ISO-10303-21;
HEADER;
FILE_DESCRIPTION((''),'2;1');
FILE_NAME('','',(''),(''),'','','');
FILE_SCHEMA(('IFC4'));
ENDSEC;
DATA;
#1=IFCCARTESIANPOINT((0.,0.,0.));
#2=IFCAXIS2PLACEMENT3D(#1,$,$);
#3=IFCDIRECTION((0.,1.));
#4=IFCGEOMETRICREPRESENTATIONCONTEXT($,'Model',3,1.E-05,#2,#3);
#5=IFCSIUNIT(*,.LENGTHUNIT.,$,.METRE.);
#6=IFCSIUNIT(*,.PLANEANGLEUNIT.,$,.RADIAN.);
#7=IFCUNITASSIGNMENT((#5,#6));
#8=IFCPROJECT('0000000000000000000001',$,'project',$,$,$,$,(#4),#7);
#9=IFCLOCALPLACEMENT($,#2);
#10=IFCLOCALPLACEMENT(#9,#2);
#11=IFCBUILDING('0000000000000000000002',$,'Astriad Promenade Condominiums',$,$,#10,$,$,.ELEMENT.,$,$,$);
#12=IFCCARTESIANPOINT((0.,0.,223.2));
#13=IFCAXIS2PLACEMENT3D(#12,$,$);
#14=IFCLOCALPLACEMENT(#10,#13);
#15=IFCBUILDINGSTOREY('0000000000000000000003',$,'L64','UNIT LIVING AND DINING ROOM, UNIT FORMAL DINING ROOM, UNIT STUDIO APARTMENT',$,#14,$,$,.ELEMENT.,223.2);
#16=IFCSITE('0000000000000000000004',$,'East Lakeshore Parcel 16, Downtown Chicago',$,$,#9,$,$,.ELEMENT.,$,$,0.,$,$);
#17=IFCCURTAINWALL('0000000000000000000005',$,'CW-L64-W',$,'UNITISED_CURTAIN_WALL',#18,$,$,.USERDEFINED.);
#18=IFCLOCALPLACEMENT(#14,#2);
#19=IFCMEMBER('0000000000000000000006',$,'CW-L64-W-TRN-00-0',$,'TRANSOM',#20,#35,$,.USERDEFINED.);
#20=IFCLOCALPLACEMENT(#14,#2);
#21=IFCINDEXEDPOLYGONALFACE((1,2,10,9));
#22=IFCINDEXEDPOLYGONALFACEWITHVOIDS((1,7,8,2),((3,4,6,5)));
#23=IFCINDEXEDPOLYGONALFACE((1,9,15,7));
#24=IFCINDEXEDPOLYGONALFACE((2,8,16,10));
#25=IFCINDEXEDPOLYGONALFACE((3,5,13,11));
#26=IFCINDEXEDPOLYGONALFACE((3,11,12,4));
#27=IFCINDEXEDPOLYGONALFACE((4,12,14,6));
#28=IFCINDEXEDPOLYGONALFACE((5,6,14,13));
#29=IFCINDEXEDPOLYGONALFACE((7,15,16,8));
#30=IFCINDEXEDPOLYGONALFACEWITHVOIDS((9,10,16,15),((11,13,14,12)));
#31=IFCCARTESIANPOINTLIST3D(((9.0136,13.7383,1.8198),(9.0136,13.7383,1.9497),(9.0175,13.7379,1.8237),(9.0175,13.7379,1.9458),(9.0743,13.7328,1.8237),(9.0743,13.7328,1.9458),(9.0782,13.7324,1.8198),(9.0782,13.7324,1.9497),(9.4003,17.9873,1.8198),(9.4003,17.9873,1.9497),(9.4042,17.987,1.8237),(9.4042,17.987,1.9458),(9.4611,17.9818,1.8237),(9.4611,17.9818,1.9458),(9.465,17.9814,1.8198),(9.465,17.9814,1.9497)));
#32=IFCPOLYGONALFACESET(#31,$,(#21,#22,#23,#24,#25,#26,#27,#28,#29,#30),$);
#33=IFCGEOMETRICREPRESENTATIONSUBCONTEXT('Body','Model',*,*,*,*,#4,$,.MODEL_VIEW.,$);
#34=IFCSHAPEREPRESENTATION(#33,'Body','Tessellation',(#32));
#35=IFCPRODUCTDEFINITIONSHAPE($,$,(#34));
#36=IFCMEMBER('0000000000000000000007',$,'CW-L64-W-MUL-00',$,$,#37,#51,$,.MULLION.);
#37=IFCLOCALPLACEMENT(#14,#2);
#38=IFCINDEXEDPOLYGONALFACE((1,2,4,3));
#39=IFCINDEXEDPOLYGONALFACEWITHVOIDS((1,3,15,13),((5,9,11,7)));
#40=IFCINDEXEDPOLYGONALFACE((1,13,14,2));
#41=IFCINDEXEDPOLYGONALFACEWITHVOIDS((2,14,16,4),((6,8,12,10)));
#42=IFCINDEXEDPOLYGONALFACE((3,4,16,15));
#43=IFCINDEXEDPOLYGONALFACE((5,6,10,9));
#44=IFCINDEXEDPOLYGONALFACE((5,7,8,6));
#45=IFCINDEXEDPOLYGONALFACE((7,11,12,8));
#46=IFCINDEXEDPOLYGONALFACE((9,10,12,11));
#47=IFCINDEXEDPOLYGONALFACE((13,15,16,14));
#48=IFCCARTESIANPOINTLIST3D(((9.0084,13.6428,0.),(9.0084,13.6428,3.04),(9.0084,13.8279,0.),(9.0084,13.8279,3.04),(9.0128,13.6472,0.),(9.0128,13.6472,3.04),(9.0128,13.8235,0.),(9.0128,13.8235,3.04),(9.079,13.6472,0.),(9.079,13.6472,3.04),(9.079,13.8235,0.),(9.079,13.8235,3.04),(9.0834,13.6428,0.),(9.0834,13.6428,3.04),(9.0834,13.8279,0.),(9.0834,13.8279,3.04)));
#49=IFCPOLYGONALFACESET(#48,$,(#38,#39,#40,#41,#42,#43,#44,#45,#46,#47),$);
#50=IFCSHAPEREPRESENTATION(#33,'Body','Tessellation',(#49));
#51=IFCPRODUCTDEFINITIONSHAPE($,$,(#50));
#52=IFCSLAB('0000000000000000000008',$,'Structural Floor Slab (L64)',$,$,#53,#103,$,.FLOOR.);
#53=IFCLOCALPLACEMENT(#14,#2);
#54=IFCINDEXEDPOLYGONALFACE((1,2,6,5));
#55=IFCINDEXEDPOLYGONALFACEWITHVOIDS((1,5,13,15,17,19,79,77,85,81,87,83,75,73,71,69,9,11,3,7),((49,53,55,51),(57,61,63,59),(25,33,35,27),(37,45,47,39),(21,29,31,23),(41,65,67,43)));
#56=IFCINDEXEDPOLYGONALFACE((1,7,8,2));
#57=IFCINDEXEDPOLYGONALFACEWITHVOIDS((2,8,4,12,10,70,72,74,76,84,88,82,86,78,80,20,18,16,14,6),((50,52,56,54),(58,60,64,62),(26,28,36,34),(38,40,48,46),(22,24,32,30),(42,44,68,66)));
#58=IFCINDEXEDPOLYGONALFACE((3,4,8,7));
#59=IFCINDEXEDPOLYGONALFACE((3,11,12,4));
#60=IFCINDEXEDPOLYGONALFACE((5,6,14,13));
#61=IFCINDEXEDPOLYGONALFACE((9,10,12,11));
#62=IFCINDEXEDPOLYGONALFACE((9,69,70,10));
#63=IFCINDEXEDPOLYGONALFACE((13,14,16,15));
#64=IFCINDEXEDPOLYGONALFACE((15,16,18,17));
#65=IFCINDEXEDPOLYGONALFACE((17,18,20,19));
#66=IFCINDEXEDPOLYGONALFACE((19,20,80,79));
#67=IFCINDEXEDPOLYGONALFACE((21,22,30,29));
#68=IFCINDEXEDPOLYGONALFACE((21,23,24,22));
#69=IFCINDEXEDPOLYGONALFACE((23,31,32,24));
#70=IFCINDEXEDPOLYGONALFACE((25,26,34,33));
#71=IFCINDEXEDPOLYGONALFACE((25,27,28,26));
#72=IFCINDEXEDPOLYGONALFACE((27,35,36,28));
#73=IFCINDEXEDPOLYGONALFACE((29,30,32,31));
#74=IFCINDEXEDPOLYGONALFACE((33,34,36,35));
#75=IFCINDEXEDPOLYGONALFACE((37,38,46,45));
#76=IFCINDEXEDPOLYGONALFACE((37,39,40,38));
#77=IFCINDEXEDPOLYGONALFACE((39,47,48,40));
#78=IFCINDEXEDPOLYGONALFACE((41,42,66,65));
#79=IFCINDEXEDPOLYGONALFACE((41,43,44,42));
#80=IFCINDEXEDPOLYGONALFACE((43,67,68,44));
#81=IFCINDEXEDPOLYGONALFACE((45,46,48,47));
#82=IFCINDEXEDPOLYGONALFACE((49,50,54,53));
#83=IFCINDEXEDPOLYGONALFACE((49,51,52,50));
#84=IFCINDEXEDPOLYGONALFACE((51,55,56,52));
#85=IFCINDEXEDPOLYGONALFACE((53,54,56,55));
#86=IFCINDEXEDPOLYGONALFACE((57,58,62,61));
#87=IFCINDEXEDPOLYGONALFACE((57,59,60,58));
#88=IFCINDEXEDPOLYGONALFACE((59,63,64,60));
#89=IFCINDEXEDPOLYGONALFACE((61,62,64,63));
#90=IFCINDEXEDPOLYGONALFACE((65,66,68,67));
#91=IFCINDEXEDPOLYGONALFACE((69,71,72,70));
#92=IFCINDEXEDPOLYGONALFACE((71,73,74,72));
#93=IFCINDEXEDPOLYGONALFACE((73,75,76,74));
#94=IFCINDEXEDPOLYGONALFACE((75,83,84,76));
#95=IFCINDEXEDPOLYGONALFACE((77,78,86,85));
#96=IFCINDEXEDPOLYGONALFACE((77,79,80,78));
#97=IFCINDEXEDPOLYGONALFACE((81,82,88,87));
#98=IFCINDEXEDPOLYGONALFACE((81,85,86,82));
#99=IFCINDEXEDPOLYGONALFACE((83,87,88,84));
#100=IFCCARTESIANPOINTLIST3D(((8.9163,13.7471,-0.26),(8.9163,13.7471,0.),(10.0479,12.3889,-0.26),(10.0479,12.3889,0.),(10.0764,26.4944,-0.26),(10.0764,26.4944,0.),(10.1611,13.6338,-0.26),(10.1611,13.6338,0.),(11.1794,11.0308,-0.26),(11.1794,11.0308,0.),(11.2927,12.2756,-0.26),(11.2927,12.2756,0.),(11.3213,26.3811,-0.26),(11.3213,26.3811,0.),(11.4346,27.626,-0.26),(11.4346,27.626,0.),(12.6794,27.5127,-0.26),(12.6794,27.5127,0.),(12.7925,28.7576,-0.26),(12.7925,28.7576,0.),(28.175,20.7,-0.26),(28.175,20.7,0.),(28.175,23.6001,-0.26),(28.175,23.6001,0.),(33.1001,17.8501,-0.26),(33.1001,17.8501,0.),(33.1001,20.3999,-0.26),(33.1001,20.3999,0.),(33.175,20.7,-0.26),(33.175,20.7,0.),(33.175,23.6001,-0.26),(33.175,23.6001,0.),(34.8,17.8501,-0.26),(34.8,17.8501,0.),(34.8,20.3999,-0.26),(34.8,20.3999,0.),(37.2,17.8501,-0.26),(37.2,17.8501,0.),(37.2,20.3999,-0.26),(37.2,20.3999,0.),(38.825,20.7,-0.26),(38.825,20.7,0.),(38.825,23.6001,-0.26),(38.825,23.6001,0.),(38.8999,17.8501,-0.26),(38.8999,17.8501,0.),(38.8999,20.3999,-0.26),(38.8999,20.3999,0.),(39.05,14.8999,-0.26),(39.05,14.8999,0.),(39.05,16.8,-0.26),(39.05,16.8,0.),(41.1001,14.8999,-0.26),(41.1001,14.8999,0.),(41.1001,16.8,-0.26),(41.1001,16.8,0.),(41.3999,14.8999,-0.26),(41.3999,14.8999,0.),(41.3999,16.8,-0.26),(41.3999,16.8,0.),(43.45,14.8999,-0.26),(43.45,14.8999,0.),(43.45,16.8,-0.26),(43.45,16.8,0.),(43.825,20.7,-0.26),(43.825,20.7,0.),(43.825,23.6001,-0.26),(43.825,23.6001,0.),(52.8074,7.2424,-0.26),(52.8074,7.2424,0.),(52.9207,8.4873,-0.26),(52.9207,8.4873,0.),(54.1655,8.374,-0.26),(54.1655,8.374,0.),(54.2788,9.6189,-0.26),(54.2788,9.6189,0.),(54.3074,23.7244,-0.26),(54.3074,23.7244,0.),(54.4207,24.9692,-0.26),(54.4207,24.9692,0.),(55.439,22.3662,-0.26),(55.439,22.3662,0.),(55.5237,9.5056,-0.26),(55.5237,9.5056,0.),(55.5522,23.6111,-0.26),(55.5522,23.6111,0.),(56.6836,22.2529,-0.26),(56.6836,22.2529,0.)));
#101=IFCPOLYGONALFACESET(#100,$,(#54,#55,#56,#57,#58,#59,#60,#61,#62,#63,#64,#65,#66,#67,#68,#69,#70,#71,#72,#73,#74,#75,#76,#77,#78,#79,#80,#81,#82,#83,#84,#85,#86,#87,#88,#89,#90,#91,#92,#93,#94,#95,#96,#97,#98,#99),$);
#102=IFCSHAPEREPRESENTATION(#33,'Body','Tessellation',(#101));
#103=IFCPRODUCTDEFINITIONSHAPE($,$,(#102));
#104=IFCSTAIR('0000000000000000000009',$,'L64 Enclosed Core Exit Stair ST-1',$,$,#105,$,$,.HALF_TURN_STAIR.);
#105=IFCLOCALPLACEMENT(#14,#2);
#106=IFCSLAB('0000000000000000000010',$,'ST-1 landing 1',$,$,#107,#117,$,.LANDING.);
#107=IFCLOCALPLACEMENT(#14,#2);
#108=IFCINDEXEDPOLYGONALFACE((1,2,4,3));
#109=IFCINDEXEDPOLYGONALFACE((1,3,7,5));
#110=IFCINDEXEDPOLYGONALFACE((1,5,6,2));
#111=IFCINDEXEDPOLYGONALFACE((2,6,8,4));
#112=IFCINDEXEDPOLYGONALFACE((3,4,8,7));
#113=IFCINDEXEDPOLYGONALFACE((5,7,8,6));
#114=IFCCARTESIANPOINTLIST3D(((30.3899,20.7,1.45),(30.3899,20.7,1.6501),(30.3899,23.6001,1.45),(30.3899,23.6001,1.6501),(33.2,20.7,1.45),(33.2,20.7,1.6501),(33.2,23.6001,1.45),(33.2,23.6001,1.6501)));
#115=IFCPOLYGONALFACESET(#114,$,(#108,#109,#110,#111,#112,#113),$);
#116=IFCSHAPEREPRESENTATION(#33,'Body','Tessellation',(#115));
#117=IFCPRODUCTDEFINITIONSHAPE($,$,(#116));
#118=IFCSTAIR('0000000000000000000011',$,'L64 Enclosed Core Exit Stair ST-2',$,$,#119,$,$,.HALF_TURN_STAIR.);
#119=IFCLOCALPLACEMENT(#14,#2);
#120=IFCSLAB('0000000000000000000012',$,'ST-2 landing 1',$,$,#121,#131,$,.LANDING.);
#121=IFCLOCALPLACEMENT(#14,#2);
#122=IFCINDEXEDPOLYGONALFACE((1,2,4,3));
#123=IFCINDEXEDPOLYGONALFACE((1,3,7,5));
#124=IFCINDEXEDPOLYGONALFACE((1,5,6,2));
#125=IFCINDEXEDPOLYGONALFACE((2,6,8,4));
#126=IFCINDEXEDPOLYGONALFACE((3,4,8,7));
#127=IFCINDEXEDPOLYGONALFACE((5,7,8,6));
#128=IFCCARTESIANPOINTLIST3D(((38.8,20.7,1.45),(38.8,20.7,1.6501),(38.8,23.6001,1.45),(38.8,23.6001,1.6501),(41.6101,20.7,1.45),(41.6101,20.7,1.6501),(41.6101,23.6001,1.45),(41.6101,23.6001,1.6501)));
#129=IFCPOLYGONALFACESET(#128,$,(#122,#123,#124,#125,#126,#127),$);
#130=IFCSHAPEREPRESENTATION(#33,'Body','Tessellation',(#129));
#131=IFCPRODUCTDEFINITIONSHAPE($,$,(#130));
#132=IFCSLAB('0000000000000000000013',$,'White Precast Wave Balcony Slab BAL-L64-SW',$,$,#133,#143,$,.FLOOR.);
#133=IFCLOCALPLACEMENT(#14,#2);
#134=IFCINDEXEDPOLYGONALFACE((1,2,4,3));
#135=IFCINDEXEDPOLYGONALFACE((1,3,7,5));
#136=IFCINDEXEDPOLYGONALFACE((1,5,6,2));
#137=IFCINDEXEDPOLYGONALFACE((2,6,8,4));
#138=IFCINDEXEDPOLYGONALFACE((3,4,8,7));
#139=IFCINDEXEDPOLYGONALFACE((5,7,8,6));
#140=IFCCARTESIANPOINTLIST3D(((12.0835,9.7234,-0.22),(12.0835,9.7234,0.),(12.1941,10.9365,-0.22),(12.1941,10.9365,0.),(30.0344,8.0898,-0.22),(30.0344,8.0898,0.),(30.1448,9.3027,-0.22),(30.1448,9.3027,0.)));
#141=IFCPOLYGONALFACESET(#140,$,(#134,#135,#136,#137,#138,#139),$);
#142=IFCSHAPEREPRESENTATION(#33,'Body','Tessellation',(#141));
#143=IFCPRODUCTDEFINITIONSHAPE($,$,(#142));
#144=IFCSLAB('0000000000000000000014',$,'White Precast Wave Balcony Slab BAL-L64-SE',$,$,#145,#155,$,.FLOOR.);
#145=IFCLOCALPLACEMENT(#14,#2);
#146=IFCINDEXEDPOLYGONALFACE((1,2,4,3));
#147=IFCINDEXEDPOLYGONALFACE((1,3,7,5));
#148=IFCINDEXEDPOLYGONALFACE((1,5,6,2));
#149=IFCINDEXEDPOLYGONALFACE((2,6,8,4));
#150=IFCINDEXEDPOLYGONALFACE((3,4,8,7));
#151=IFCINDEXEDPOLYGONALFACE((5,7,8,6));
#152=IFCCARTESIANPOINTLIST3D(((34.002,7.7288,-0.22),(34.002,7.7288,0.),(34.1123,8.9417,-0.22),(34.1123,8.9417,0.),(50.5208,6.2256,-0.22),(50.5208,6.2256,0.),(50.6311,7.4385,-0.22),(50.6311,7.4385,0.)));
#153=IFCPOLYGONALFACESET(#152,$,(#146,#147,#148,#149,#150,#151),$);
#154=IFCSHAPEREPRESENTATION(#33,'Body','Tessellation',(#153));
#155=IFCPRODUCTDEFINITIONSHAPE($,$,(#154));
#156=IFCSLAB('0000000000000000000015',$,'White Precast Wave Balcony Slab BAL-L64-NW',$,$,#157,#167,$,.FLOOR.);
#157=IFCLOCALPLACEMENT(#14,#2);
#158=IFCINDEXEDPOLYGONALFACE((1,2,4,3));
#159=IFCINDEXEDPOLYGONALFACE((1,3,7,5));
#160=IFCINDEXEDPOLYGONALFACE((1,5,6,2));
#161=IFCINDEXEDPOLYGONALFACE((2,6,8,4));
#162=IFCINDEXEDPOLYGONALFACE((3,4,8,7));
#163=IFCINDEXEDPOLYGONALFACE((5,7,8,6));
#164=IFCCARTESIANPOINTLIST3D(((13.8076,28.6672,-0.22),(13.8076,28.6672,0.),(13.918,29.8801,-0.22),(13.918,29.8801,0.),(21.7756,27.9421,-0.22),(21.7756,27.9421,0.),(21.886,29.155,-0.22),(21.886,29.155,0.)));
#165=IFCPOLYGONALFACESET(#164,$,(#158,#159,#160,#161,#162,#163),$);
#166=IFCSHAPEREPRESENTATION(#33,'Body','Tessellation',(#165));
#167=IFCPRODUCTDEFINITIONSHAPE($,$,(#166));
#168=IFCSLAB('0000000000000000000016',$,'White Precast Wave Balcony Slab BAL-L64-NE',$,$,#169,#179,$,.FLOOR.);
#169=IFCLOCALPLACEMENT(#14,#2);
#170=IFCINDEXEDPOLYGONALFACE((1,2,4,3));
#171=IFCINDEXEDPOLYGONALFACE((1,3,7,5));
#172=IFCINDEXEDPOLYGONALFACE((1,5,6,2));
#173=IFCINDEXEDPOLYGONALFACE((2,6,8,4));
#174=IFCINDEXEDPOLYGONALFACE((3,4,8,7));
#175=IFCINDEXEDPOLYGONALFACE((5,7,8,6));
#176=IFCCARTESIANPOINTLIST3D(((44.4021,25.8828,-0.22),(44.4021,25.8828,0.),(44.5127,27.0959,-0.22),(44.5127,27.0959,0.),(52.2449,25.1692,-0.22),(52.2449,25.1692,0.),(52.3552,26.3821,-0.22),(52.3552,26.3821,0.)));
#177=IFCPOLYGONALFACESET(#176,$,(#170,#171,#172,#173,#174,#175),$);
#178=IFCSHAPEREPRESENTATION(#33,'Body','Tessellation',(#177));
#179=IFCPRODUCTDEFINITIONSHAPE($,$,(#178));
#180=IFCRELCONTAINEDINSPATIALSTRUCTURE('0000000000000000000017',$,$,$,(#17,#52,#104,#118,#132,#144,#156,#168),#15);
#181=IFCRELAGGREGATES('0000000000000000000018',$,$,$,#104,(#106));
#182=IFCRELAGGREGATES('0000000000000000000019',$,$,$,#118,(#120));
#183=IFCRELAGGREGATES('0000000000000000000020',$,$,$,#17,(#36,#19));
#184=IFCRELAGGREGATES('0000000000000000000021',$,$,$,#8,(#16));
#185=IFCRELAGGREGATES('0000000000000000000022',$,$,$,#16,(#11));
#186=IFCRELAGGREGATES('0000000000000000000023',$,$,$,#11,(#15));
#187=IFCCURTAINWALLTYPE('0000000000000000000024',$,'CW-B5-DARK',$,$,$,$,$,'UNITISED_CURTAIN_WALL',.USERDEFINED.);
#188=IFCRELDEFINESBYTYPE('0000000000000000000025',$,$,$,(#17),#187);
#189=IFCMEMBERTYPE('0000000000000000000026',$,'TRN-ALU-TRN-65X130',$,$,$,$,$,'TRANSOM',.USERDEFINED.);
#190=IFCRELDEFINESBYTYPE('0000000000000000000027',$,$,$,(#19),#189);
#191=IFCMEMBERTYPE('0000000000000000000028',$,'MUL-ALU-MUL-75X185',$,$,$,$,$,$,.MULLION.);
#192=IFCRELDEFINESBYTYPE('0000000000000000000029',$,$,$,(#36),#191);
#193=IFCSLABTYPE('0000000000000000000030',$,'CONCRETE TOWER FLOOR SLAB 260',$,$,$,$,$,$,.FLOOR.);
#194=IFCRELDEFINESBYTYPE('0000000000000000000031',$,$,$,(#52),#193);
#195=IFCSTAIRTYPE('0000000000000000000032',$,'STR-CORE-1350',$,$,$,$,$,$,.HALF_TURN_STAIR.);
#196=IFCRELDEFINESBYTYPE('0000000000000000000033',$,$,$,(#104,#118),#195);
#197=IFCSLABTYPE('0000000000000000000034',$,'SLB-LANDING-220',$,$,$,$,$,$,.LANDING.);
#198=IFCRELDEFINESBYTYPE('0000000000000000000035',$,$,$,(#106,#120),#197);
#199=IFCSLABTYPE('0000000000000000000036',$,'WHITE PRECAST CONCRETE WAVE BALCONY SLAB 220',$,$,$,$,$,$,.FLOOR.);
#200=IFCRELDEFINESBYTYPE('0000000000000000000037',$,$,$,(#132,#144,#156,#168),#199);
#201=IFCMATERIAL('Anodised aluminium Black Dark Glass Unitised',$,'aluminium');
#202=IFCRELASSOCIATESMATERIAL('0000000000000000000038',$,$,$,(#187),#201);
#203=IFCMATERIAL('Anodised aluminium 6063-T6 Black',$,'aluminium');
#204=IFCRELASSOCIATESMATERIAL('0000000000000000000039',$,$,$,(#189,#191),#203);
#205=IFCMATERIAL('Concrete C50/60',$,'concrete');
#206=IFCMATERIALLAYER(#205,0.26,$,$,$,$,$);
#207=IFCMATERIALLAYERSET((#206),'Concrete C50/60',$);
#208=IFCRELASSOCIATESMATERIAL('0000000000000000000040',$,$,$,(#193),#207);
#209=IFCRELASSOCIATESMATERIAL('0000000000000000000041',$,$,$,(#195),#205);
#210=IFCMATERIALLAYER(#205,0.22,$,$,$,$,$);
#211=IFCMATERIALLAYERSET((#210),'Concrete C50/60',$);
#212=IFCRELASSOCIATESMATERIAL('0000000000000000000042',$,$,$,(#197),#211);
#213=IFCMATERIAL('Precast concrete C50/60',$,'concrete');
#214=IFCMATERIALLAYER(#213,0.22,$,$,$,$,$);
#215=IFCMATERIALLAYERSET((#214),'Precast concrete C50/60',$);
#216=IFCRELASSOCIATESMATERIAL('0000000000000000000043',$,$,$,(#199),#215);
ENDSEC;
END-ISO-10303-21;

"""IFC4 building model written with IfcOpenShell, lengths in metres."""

from ifc_helpers import new_model, si_unit, direction, frame, origin, origin_2d, place, context, subcontext, project, spatial, polyline, hollow_rectangle, outline, extrude, source, transform, mapped, material, layer, layer_set, material_profile, profile_set, type_object, type_shapes, element, aggregate, save


model = new_model("IFC4")

# Units and contexts
model_context = context("Model", 3, precision=1e-05, world=origin(), true_north=direction((0.0, 1.0)))
body_context = subcontext(model_context, "Body", "Model", "MODEL_VIEW")
ifc_project = project(units=[si_unit("LENGTHUNIT", "METRE"), si_unit("PLANEANGLEUNIT", "RADIAN")], contexts=[model_context])

# Site, building, storey
site_placement = place(None, origin())
site = spatial("IfcSite", under=ifc_project, at=site_placement, Name="East Lakeshore Parcel 16, Downtown Chicago", CompositionType="ELEMENT", RefElevation=0.0)
building_placement = place(site_placement, origin())
building = spatial("IfcBuilding", under=site, at=building_placement, Name="Astriad Promenade Condominiums", CompositionType="ELEMENT")
storey_placement = place(building_placement, frame((0.0, 0.0, 223.2)))
storey = spatial("IfcBuildingStorey", under=building, at=storey_placement, Name="L64", Description="UNIT LIVING AND DINING ROOM, UNIT FORMAL DINING ROOM, UNIT STUDIO APARTMENT", CompositionType="ELEMENT", Elevation=223.2)

# Curtain wall, members
ifc_material_1 = material(Name="Anodised aluminium Black Dark Glass Unitised", Category="aluminium")
curtain_wall_type = type_object("IfcCurtainWallType", Name="CW-B5-DARK", ElementType="UNITISED_CURTAIN_WALL", PredefinedType="USERDEFINED", material=ifc_material_1)
curtain_wall_placement = place(storey_placement, origin())
curtain_wall = element("IfcCurtainWall", 1, at=curtain_wall_placement, inside=storey, type_object=curtain_wall_type, Name="CW-L64-W", ObjectType="UNITISED_CURTAIN_WALL", PredefinedType="USERDEFINED")
ifc_material_2 = material(Name="Anodised aluminium 6063-T6 Black", Category="aluminium")
ifc_material_profile_1 = material_profile(ifc_material_2, hollow_rectangle(XDim=0.0649, YDim=0.1299, WallThickness=0.0039, at=origin_2d()), Name="ALU-TRN-65X130")
ifc_profile_set_1 = profile_set([ifc_material_profile_1], Name="Anodised aluminium 6063-T6 Black")
member_type_1 = type_object("IfcMemberType", Name="TRN-ALU-TRN-65X130", ElementType="TRANSOM", PredefinedType="USERDEFINED", material=ifc_profile_set_1)
shared_shape_1 = source(origin(), body_context, "Body", "SweptSolid", [
    extrude(hollow_rectangle(XDim=0.0649, YDim=0.1299, WallThickness=0.0039, at=origin_2d()), origin(), (0.0, 0.0, 1.0), 4.2666),
])
type_shapes(member_type_1, [shared_shape_1])
member_1_placement = place(storey_placement, frame((9.0459, 13.7354, 1.8848), z_axis=(0.090639, 0.995884, 0.0), x_axis=(-0.995884, 0.090639, 0.0)))
member_1 = element("IfcMember", 2, at=member_1_placement, type_object=member_type_1, Name="CW-L64-W-TRN-00-0", ObjectType="TRANSOM", PredefinedType="USERDEFINED", context=body_context, shape_type="MappedRepresentation", body=[
    mapped(shared_shape_1, transform((0.0, 0.0, 0.0), scale=1.0)),
])
ifc_material_profile_2 = material_profile(ifc_material_2, hollow_rectangle(XDim=0.075, YDim=0.1851, WallThickness=0.0044, at=origin_2d()), Name="ALU-MUL-75X185")
ifc_profile_set_2 = profile_set([ifc_material_profile_2], Name="Anodised aluminium 6063-T6 Black")
member_type_2 = type_object("IfcMemberType", Name="MUL-ALU-MUL-75X185", PredefinedType="MULLION", material=ifc_profile_set_2)
shared_shape_2 = source(origin(), body_context, "Body", "SweptSolid", [
    extrude(hollow_rectangle(XDim=0.075, YDim=0.1851, WallThickness=0.0044, at=origin_2d()), origin(), (0.0, 0.0, 1.0), 3.04),
])
type_shapes(member_type_2, [shared_shape_2])
member_2_placement = place(storey_placement, frame((9.0459, 13.7354, 0.0), z_axis=(0.0, 0.0, 1.0), x_axis=(1.0, 0.0, 0.0)))
member_2 = element("IfcMember", 3, at=member_2_placement, type_object=member_type_2, Name="CW-L64-W-MUL-00", PredefinedType="MULLION", context=body_context, shape_type="MappedRepresentation", body=[
    mapped(shared_shape_2, transform((0.0, 0.0, 0.0), scale=1.0)),
])

# Slab
ifc_material_3 = material(Name="Concrete C50/60", Category="concrete")
ifc_layer_1 = layer(ifc_material_3, 0.26)
ifc_layer_set_1 = layer_set([ifc_layer_1], Name="Concrete C50/60")
slab_type_1 = type_object("IfcSlabType", Name="CONCRETE TOWER FLOOR SLAB 260", PredefinedType="FLOOR", material=ifc_layer_set_1)
slab_1_placement = place(storey_placement, frame((0.0, 0.0, -0.26)))
element("IfcSlab", 4, at=slab_1_placement, inside=storey, type_object=slab_type_1, Name="Structural Floor Slab (L64)", PredefinedType="FLOOR", context=body_context, shape_type="SweptSolid", body=[
    extrude(outline(polyline([(11.1794, 11.0308), (52.8074, 7.2424), (52.9207, 8.4873), (54.1655, 8.374), (54.2788, 9.6189), (55.5237, 9.5056), (56.6836, 22.2529), (55.439, 22.3662), (55.5522, 23.6111), (54.3074, 23.7244), (54.4207, 24.9692), (12.7925, 28.7576), (12.6794, 27.5127), (11.4346, 27.626), (11.3213, 26.3811), (10.0764, 26.4944), (8.9163, 13.7471), (10.1611, 13.6338), (10.0479, 12.3889), (11.2927, 12.2756), (11.1794, 11.0308)]), holes=[polyline([(28.175, 20.7), (33.175, 20.7), (33.175, 23.6001), (28.175, 23.6001), (28.175, 20.7)]), polyline([(38.825, 20.7), (43.825, 20.7), (43.825, 23.6001), (38.825, 23.6001), (38.825, 20.7)]), polyline([(33.1001, 17.8501), (34.8, 17.8501), (34.8, 20.3999), (33.1001, 20.3999), (33.1001, 17.8501)]), polyline([(37.2, 17.8501), (38.8999, 17.8501), (38.8999, 20.3999), (37.2, 20.3999), (37.2, 17.8501)]), polyline([(39.05, 14.8999), (41.1001, 14.8999), (41.1001, 16.8), (39.05, 16.8), (39.05, 14.8999)]), polyline([(41.3999, 14.8999), (43.45, 14.8999), (43.45, 16.8), (41.3999, 16.8), (41.3999, 14.8999)])]), origin(), (0.0, 0.0, 1.0), 0.26),
])

# Stairs, slabs
stair_type = type_object("IfcStairType", Name="STR-CORE-1350", PredefinedType="HALF_TURN_STAIR", material=ifc_material_3)
stair_1_placement = place(storey_placement, origin())
stair_1 = element("IfcStair", 5, at=stair_1_placement, inside=storey, type_object=stair_type, Name="L64 Enclosed Core Exit Stair ST-1", PredefinedType="HALF_TURN_STAIR")
ifc_layer_2 = layer(ifc_material_3, 0.22)
ifc_layer_set_2 = layer_set([ifc_layer_2], Name="Concrete C50/60")
slab_type_2 = type_object("IfcSlabType", Name="SLB-LANDING-220", PredefinedType="LANDING", material=ifc_layer_set_2)
slab_2_placement = place(storey_placement, frame((0.0, 0.0, 1.45)))
slab_2 = element("IfcSlab", 6, at=slab_2_placement, type_object=slab_type_2, Name="ST-1 landing 1", PredefinedType="LANDING", context=body_context, shape_type="SweptSolid", body=[
    extrude(outline(polyline([(30.3899, 20.7), (33.2, 20.7), (33.2, 23.6001), (30.3899, 23.6001), (30.3899, 20.7)])), origin(), (0.0, 0.0, 1.0), 0.2002),
])
aggregate(stair_1, [slab_2])
stair_2_placement = place(storey_placement, origin())
stair_2 = element("IfcStair", 7, at=stair_2_placement, inside=storey, type_object=stair_type, Name="L64 Enclosed Core Exit Stair ST-2", PredefinedType="HALF_TURN_STAIR")
slab_3_placement = place(storey_placement, frame((0.0, 0.0, 1.45)))
slab_3 = element("IfcSlab", 8, at=slab_3_placement, type_object=slab_type_2, Name="ST-2 landing 1", PredefinedType="LANDING", context=body_context, shape_type="SweptSolid", body=[
    extrude(outline(polyline([(41.6101, 23.6001), (38.8, 23.6001), (38.8, 20.7), (41.6101, 20.7), (41.6101, 23.6001)])), origin(), (0.0, 0.0, 1.0), 0.2002),
])
aggregate(stair_2, [slab_3])

# Slabs
ifc_material_4 = material(Name="Precast concrete C50/60", Category="concrete")
ifc_layer_3 = layer(ifc_material_4, 0.22)
ifc_layer_set_3 = layer_set([ifc_layer_3], Name="Precast concrete C50/60")
slab_type_3 = type_object("IfcSlabType", Name="WHITE PRECAST CONCRETE WAVE BALCONY SLAB 220", PredefinedType="FLOOR", material=ifc_layer_set_3)
slab_4_placement = place(storey_placement, frame((0.0, 0.0, -0.22)))
element("IfcSlab", 9, at=slab_4_placement, inside=storey, type_object=slab_type_3, Name="White Precast Wave Balcony Slab BAL-L64-SW", PredefinedType="FLOOR", context=body_context, shape_type="SweptSolid", body=[
    extrude(outline(polyline([(30.0344, 8.0898), (12.0835, 9.7234), (12.1941, 10.9365), (30.1448, 9.3027), (30.0344, 8.0898)])), origin(), (0.0, 0.0, 1.0), 0.22),
])
slab_5_placement = place(storey_placement, frame((0.0, 0.0, -0.22)))
element("IfcSlab", 10, at=slab_5_placement, inside=storey, type_object=slab_type_3, Name="White Precast Wave Balcony Slab BAL-L64-SE", PredefinedType="FLOOR", context=body_context, shape_type="SweptSolid", body=[
    extrude(outline(polyline([(50.5208, 6.2256), (34.002, 7.7288), (34.1123, 8.9417), (50.6311, 7.4385), (50.5208, 6.2256)])), origin(), (0.0, 0.0, 1.0), 0.22),
])
slab_6_placement = place(storey_placement, frame((0.0, 0.0, -0.22)))
element("IfcSlab", 11, at=slab_6_placement, inside=storey, type_object=slab_type_3, Name="White Precast Wave Balcony Slab BAL-L64-NW", PredefinedType="FLOOR", context=body_context, shape_type="SweptSolid", body=[
    extrude(outline(polyline([(13.918, 29.8801), (21.886, 29.155), (21.7756, 27.9421), (13.8076, 28.6672), (13.918, 29.8801)])), origin(), (0.0, 0.0, 1.0), 0.22),
])
slab_7_placement = place(storey_placement, frame((0.0, 0.0, -0.22)))
element("IfcSlab", 12, at=slab_7_placement, inside=storey, type_object=slab_type_3, Name="White Precast Wave Balcony Slab BAL-L64-NE", PredefinedType="FLOOR", context=body_context, shape_type="SweptSolid", body=[
    extrude(outline(polyline([(44.5127, 27.0959), (52.3552, 26.3821), (52.2449, 25.1692), (44.4021, 25.8828), (44.5127, 27.0959)])), origin(), (0.0, 0.0, 1.0), 0.22),
])

aggregate(curtain_wall, [member_2, member_1])

save(model, "model.ifc")
